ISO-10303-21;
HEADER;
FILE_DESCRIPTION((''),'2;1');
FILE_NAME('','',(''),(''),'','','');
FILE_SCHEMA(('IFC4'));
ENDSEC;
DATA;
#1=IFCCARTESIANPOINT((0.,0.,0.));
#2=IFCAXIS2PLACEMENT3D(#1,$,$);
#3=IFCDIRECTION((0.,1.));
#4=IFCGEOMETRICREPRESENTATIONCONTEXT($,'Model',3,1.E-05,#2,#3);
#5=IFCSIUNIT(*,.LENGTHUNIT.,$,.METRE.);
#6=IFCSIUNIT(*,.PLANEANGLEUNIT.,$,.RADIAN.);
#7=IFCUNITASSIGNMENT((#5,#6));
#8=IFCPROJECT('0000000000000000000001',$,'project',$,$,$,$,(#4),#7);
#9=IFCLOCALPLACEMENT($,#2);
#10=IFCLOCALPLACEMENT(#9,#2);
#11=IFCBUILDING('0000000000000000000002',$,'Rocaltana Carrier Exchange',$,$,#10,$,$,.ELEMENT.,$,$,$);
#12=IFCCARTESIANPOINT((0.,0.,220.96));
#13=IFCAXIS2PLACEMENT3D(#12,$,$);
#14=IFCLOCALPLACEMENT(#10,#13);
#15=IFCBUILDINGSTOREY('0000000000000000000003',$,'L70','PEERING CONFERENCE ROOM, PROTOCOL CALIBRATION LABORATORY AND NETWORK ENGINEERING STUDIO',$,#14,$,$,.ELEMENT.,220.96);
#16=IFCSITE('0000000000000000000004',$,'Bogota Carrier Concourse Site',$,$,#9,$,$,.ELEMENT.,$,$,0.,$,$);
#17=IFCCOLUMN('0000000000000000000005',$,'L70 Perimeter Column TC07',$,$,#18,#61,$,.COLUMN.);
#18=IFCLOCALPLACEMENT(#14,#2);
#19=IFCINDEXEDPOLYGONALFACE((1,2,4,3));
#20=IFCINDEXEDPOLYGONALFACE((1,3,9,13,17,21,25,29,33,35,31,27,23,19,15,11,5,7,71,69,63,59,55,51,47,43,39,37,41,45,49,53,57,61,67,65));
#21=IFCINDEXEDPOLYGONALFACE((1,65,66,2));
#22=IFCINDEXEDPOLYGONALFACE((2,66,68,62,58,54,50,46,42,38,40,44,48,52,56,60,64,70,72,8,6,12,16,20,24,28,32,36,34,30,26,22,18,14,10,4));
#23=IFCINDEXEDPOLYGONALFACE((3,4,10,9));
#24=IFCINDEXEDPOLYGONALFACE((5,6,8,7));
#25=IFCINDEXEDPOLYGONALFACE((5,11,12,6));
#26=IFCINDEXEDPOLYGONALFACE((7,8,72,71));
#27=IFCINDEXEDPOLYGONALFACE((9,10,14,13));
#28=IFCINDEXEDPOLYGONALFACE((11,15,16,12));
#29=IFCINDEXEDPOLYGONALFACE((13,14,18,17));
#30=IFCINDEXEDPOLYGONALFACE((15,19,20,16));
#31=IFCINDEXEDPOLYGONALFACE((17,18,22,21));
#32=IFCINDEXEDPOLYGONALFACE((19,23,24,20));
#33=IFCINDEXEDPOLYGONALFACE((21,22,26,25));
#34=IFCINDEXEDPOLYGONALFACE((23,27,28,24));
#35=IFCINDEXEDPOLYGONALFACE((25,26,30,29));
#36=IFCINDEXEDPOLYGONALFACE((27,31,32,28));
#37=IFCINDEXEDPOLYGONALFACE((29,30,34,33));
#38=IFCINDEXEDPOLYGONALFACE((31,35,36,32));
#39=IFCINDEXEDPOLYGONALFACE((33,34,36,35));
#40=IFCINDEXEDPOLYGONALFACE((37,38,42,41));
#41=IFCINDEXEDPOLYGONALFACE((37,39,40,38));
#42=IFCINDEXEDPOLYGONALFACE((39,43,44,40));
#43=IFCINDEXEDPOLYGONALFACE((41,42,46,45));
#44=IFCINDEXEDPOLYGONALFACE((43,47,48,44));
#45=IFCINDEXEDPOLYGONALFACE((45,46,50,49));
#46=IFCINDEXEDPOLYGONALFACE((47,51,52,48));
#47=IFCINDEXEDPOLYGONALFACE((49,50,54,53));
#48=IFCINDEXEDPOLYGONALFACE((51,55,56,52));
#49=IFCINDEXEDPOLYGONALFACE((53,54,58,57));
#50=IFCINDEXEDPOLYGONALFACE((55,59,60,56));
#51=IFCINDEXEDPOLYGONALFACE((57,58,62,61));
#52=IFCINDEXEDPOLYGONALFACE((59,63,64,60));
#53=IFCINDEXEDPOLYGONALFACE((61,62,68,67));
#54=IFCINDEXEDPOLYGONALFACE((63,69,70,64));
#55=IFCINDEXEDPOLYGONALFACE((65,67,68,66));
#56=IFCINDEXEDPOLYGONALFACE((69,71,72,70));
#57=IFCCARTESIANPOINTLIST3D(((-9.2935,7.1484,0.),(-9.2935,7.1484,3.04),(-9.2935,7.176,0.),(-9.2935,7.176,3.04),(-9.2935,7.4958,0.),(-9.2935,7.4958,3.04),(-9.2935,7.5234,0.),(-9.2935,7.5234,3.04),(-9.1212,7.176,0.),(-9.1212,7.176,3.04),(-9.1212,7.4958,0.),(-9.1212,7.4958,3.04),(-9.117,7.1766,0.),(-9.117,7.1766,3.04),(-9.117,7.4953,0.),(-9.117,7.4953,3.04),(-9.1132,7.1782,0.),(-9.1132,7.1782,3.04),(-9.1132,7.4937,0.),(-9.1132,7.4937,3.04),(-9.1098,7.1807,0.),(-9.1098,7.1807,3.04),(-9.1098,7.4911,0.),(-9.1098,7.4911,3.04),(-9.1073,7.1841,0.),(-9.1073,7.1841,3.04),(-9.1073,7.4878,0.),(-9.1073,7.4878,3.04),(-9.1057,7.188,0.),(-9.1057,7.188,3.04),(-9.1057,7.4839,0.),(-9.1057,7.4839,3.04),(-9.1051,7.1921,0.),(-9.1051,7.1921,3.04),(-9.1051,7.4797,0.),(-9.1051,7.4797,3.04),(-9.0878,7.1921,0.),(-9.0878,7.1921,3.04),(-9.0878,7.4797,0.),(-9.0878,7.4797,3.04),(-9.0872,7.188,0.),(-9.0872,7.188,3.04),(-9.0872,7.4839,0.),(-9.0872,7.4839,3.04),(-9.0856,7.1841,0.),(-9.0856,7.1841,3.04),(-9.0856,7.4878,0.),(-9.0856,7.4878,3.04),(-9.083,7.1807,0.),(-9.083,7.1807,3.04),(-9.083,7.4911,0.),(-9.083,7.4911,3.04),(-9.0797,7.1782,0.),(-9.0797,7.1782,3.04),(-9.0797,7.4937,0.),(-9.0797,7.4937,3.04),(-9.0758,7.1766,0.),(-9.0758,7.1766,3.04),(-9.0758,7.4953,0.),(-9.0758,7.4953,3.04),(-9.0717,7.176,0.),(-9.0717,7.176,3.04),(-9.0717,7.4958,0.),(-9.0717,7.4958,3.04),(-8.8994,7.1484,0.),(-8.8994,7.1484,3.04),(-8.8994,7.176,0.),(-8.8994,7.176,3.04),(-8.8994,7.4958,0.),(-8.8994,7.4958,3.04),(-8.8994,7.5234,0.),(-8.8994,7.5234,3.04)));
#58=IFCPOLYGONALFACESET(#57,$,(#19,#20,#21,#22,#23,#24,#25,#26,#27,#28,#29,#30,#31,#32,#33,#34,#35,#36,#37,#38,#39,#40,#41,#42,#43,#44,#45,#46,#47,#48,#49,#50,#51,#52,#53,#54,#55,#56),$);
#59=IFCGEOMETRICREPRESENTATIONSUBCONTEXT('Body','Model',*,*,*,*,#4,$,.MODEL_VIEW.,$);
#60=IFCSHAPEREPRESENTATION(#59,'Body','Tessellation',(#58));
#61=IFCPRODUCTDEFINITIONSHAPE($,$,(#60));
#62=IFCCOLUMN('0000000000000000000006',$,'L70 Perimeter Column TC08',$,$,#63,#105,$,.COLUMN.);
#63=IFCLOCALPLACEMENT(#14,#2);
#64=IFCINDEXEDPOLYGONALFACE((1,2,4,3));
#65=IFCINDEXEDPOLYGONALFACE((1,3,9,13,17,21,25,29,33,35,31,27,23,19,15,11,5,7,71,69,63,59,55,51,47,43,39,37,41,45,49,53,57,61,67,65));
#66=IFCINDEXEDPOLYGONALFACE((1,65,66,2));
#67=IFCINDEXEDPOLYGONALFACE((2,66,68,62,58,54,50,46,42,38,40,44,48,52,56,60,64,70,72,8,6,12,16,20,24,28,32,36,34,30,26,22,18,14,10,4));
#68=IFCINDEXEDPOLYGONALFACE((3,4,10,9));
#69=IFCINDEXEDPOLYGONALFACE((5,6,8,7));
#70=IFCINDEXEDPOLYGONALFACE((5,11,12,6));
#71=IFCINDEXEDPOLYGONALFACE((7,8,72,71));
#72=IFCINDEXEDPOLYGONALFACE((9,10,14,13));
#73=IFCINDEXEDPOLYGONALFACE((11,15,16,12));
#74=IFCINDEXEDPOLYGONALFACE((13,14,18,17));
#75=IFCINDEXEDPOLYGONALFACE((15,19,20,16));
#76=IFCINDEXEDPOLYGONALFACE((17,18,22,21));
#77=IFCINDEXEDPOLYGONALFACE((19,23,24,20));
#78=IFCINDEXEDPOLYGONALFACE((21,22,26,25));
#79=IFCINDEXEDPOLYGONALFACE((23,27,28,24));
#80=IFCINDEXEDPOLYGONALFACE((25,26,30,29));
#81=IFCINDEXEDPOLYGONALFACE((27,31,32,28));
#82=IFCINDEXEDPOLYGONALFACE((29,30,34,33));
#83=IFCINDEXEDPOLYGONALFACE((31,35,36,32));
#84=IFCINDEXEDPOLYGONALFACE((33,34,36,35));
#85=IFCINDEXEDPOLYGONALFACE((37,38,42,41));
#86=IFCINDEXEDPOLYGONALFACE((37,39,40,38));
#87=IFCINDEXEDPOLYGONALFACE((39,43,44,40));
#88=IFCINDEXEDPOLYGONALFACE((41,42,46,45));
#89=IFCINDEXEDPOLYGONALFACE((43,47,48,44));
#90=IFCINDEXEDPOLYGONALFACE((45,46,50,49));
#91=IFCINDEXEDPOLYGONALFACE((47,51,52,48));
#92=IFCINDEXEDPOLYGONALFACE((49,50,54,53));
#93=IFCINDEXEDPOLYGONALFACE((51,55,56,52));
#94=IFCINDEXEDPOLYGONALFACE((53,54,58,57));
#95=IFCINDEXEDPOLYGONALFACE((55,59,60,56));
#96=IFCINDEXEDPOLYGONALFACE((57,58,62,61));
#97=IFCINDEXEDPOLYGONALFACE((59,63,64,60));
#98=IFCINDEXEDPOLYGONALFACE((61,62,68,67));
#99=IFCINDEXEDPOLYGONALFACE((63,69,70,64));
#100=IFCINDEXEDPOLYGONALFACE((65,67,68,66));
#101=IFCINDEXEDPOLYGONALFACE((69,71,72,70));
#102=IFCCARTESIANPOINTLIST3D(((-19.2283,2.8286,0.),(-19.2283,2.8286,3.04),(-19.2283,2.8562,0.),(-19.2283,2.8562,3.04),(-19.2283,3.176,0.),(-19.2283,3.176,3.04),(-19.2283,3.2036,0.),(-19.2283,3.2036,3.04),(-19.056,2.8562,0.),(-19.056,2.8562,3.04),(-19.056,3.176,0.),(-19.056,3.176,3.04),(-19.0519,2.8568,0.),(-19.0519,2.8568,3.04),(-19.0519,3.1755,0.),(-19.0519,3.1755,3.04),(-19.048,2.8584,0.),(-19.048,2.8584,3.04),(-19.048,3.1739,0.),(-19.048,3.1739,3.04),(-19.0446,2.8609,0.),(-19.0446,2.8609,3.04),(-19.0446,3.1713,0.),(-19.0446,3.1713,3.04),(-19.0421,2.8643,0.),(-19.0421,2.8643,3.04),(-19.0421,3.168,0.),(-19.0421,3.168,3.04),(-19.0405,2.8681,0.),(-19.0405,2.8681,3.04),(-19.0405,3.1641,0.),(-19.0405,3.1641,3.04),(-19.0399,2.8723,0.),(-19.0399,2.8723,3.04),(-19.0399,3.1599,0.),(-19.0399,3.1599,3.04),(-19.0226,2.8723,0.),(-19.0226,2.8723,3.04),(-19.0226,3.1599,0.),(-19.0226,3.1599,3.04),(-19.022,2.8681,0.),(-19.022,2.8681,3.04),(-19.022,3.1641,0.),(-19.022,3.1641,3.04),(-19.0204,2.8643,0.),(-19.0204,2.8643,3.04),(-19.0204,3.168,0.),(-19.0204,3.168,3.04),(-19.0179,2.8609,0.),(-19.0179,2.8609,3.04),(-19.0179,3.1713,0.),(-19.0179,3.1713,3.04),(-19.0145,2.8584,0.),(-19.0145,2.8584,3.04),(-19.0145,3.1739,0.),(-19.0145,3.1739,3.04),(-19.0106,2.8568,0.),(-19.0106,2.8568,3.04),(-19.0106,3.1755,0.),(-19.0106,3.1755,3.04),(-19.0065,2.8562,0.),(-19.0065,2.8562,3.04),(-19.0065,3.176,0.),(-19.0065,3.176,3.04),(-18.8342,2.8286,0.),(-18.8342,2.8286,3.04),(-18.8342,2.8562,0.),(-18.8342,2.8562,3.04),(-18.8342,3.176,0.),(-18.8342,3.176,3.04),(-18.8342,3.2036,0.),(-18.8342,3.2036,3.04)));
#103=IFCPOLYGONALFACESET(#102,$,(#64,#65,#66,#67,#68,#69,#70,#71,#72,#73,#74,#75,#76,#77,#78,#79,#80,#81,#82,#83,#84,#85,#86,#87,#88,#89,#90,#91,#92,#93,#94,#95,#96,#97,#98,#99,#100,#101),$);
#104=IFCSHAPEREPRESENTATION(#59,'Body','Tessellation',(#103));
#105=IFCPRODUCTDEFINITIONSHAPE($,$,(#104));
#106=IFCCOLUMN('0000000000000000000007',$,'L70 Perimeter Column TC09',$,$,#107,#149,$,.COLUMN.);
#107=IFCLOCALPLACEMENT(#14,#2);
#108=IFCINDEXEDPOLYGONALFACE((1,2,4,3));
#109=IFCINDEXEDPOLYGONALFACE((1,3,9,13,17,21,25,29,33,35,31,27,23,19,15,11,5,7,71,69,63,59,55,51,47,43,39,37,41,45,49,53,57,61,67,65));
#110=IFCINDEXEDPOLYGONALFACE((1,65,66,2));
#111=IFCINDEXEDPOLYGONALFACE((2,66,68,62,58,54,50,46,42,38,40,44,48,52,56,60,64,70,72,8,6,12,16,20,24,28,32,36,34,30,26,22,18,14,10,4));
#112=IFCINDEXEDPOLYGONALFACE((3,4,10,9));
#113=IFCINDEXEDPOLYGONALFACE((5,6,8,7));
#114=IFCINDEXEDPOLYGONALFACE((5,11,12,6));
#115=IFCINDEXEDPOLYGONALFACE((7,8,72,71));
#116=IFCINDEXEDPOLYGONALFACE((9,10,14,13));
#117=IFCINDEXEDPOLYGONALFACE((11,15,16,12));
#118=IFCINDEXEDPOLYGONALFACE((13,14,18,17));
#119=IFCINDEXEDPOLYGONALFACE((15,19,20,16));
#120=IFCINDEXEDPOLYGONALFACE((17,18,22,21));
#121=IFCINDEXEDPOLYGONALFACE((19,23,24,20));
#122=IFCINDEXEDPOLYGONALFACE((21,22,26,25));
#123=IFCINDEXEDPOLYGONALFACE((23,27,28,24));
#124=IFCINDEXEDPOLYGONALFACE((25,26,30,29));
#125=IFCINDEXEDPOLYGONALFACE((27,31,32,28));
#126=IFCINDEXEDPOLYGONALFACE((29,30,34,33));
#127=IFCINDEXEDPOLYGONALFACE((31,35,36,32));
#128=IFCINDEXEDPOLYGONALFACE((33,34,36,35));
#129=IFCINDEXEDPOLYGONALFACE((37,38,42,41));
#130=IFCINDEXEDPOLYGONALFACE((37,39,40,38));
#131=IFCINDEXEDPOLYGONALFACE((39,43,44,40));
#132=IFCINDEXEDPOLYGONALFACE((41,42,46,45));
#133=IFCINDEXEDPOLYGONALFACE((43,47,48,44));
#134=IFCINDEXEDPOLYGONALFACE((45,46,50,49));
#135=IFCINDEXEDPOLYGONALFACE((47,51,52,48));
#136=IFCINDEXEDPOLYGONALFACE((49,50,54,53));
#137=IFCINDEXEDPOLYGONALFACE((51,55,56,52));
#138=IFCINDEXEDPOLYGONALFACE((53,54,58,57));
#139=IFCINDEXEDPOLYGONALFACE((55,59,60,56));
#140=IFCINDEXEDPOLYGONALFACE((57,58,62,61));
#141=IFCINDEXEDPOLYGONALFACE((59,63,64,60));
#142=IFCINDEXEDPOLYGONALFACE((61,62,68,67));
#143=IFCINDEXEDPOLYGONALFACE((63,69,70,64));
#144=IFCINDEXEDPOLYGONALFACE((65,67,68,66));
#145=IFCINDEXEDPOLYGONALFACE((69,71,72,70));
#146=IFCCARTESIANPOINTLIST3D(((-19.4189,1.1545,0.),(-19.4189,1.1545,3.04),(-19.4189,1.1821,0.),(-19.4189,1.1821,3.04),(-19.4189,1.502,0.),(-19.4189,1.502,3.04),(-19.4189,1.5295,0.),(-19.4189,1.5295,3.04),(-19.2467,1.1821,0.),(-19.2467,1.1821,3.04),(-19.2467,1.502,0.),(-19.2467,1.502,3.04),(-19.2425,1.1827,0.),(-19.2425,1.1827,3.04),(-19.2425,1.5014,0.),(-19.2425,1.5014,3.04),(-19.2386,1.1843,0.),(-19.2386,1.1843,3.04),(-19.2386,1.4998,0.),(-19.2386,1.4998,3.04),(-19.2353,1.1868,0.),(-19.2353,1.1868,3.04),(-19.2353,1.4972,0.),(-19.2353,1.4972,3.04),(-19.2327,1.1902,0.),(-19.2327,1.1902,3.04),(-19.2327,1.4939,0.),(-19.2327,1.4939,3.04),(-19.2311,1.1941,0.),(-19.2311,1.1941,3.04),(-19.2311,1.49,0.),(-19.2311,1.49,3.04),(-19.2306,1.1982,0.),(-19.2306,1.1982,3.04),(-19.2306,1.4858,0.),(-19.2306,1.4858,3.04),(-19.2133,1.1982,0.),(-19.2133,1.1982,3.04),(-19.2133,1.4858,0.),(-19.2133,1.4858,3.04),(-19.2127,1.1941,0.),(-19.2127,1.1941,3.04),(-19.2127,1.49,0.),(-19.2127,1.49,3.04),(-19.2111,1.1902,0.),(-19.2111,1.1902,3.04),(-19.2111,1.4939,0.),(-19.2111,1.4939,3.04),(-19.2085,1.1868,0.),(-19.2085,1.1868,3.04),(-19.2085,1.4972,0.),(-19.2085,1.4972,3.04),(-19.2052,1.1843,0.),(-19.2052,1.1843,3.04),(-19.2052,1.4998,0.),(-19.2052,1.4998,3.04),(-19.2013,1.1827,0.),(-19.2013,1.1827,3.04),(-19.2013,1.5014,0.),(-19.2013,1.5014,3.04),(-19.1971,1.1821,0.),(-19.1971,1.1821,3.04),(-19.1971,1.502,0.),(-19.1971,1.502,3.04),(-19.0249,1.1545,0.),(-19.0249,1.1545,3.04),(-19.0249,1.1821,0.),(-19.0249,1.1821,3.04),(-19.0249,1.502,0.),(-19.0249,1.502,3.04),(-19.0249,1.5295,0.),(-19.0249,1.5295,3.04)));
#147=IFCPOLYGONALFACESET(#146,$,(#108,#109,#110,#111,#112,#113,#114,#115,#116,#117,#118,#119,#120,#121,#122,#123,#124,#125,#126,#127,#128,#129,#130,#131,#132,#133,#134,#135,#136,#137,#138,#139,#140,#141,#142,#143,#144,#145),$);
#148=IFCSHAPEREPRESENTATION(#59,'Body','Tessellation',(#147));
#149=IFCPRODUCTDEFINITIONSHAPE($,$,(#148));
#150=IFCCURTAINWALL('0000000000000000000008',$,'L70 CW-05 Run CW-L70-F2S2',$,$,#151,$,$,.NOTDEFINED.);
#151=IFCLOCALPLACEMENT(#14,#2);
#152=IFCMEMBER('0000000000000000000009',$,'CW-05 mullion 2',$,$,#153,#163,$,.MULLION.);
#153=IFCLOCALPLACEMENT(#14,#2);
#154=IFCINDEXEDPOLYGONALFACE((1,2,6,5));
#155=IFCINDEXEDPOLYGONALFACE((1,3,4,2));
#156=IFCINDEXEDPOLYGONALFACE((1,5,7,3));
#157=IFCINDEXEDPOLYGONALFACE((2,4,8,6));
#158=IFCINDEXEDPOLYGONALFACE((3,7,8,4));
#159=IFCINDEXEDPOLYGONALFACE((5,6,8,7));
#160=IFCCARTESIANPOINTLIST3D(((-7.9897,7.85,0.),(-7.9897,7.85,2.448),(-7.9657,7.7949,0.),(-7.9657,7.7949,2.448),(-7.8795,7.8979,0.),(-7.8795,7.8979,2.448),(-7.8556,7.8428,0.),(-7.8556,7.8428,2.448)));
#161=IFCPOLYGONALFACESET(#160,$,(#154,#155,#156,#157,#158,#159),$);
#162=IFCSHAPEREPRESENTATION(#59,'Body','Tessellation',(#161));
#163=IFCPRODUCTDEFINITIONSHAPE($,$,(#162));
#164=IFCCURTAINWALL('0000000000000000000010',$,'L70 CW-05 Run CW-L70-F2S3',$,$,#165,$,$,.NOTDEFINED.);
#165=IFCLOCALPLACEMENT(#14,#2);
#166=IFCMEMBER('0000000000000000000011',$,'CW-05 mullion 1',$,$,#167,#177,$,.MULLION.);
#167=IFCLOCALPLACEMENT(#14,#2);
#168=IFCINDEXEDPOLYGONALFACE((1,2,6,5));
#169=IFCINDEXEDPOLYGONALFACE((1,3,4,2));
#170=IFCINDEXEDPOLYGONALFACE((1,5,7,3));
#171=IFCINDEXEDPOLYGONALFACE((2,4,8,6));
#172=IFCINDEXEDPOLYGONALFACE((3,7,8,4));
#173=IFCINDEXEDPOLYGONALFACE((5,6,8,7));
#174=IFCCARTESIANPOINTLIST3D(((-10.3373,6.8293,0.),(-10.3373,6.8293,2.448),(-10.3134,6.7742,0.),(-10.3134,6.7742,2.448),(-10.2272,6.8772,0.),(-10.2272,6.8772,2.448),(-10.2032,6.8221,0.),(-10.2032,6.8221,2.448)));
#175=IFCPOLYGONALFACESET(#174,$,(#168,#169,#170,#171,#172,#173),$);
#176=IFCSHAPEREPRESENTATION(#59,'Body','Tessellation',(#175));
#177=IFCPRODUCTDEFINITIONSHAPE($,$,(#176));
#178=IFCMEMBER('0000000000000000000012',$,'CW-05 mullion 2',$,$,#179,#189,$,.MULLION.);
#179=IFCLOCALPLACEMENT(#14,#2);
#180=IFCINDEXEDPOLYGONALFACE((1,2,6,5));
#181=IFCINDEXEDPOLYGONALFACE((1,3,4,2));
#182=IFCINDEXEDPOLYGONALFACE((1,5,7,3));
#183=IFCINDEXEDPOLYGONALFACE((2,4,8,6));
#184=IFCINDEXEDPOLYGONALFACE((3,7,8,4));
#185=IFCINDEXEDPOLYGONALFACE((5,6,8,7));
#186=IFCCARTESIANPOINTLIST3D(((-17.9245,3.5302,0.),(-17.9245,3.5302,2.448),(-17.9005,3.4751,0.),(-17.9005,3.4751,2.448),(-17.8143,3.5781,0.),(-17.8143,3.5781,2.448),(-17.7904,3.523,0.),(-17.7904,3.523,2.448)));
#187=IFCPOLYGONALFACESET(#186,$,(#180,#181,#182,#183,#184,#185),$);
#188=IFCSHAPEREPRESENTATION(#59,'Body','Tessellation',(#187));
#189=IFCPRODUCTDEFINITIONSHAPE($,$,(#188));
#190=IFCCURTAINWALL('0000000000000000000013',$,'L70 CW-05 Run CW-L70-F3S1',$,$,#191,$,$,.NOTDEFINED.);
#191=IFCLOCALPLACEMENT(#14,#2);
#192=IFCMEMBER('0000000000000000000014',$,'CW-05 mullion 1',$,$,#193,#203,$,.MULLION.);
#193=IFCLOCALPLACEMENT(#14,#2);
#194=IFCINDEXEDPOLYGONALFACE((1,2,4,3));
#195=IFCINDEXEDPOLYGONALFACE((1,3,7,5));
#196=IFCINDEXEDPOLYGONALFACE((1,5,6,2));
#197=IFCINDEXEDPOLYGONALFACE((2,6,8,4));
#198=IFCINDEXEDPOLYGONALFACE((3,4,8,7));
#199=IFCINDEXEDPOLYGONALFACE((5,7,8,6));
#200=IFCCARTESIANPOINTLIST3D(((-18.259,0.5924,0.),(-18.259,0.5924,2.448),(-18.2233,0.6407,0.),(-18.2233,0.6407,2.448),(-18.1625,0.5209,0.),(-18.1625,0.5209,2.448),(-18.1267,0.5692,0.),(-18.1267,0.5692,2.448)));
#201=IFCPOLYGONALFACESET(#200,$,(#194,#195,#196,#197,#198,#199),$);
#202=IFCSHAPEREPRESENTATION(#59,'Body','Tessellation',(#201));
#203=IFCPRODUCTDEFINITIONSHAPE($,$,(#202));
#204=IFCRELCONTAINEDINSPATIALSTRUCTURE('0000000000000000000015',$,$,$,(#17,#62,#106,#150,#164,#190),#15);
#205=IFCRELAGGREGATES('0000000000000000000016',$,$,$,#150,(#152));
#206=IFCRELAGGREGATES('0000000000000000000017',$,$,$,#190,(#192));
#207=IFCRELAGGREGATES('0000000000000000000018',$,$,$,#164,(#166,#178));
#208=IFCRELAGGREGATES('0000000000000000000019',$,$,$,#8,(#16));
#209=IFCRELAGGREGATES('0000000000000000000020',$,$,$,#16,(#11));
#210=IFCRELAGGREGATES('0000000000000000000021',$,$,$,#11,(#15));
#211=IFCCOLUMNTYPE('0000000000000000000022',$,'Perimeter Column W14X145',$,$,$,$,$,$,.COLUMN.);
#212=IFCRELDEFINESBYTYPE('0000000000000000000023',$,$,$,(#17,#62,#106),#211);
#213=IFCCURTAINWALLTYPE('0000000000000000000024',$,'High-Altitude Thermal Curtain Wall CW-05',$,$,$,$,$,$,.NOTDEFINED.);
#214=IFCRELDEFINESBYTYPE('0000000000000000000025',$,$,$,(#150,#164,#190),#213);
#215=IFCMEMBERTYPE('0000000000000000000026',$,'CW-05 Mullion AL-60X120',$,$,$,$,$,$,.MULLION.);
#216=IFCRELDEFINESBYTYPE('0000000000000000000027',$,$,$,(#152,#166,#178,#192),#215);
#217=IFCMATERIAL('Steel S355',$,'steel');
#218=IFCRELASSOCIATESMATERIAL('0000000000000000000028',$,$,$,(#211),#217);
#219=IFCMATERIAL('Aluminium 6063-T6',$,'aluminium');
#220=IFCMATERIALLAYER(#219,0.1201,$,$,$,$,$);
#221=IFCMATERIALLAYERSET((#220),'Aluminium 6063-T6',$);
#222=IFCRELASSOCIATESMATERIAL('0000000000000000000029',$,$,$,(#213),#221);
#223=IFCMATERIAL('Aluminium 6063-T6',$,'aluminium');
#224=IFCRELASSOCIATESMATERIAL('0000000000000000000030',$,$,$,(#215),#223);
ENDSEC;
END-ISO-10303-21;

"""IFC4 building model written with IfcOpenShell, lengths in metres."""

from ifc_helpers import new_model, si_unit, direction, frame, origin, origin_2d, place, context, subcontext, project, spatial, rectangle, i_section, extrude, material, layer, layer_set, material_profile, profile_set, type_object, element, aggregate, save


model = new_model("IFC4")

# Units and contexts
model_context = context("Model", 3, precision=1e-05, world=origin(), true_north=direction((0.0, 1.0)))
body_context = subcontext(model_context, "Body", "Model", "MODEL_VIEW")
ifc_project = project(units=[si_unit("LENGTHUNIT", "METRE"), si_unit("PLANEANGLEUNIT", "RADIAN")], contexts=[model_context])

# Site, building, storey
site_placement = place(None, origin())
site = spatial("IfcSite", under=ifc_project, at=site_placement, Name="Bogota Carrier Concourse Site", CompositionType="ELEMENT", RefElevation=0.0)
building_placement = place(site_placement, origin())
building = spatial("IfcBuilding", under=site, at=building_placement, Name="Rocaltana Carrier Exchange", CompositionType="ELEMENT")
storey_placement = place(building_placement, frame((0.0, 0.0, 220.96)))
storey = spatial("IfcBuildingStorey", under=building, at=storey_placement, Name="L70", Description="PEERING CONFERENCE ROOM, PROTOCOL CALIBRATION LABORATORY AND NETWORK ENGINEERING STUDIO", CompositionType="ELEMENT", Elevation=220.96)

# Columns
ifc_material_1 = material(Name="Steel S355", Category="steel")
ifc_material_profile_1 = material_profile(ifc_material_1, i_section(OverallWidth=0.394, OverallDepth=0.375, WebThickness=0.0173, FlangeThickness=0.0276, FilletRadius=0.0161, at=origin_2d()), Name="W14X145")
ifc_profile_set_1 = profile_set([ifc_material_profile_1], Name="Steel S355")
column_type = type_object("IfcColumnType", Name="Perimeter Column W14X145", PredefinedType="COLUMN", material=ifc_profile_set_1)
for number, where, z_axis, x_axis, name in (
    (1, (-9.0964, 7.3359, 0.0), (0.0, 0.0, 1.0), (1.0, 0.0, 0.0), "L70 Perimeter Column TC07"),
    (2, (-19.0312, 3.0161, 0.0), (0.0, 0.0, 1.0), (1.0, 0.0, 0.0), "L70 Perimeter Column TC08"),
    (3, (-19.2219, 1.342, 0.0), (0.0, 0.0, 1.0), (1.0, 0.0, 0.0), "L70 Perimeter Column TC09"),
):
    element("IfcColumn", number, at=place(storey_placement, frame(where, z_axis=z_axis, x_axis=x_axis)), inside=storey, type_object=column_type, Name=name, PredefinedType="COLUMN", context=body_context, shape_type="SweptSolid", body=[
        extrude(i_section(OverallWidth=0.394, OverallDepth=0.375, WebThickness=0.0173, FlangeThickness=0.0276, FilletRadius=0.0161, at=origin_2d()), origin(), (0.0, 0.0, 1.0), 3.04),
    ])

# Curtain wall, member
ifc_material_2 = material(Name="Aluminium 6063-T6", Category="aluminium")
ifc_layer_1 = layer(ifc_material_2, 0.1201)
ifc_layer_set_1 = layer_set([ifc_layer_1], Name="Aluminium 6063-T6")
curtain_wall_type = type_object("IfcCurtainWallType", Name="High-Altitude Thermal Curtain Wall CW-05", PredefinedType="NOTDEFINED", material=ifc_layer_set_1)
curtain_wall_1_placement = place(storey_placement, origin())
curtain_wall_1 = element("IfcCurtainWall", 4, at=curtain_wall_1_placement, inside=storey, type_object=curtain_wall_type, Name="L70 CW-05 Run CW-L70-F2S2", PredefinedType="NOTDEFINED")
ifc_material_3 = material(Name="Aluminium 6063-T6", Category="aluminium")
ifc_material_profile_2 = material_profile(ifc_material_3, rectangle(XDim=0.0601, YDim=0.1201, at=origin_2d()), Name="AL-60X120")
ifc_profile_set_2 = profile_set([ifc_material_profile_2], Name="Aluminium 6063-T6")
member_type_1 = type_object("IfcMemberType", Name="CW-05 Mullion AL-60X120", PredefinedType="MULLION", material=ifc_profile_set_2)
member_1_placement = place(storey_placement, frame((-7.9226, 7.8464, 0.0), z_axis=(0.0, 0.0, 1.0), x_axis=(0.398752, -0.917059, 0.0)))
member_1 = element("IfcMember", 5, at=member_1_placement, type_object=member_type_1, Name="CW-05 mullion 2", PredefinedType="MULLION", context=body_context, shape_type="SweptSolid", body=[
    extrude(rectangle(XDim=0.0601, YDim=0.1201, at=origin_2d()), origin(), (0.0, 0.0, 1.0), 2.448),
])
aggregate(curtain_wall_1, [member_1])

# Curtain wall, members
curtain_wall_2_placement = place(storey_placement, origin())
curtain_wall_2 = element("IfcCurtainWall", 6, at=curtain_wall_2_placement, inside=storey, type_object=curtain_wall_type, Name="L70 CW-05 Run CW-L70-F2S3", PredefinedType="NOTDEFINED")
member_2_placement = place(storey_placement, frame((-10.2703, 6.8257, 0.0), z_axis=(0.0, 0.0, 1.0), x_axis=(0.398757, -0.917057, 0.0)))
member_2 = element("IfcMember", 7, at=member_2_placement, type_object=member_type_1, Name="CW-05 mullion 1", PredefinedType="MULLION", context=body_context, shape_type="SweptSolid", body=[
    extrude(rectangle(XDim=0.0601, YDim=0.1201, at=origin_2d()), origin(), (0.0, 0.0, 1.0), 2.448),
])
member_3_placement = place(storey_placement, frame((-17.8574, 3.5266, 0.0), z_axis=(0.0, 0.0, 1.0), x_axis=(0.398757, -0.917057, 0.0)))
member_3 = element("IfcMember", 8, at=member_3_placement, type_object=member_type_1, Name="CW-05 mullion 2", PredefinedType="MULLION", context=body_context, shape_type="SweptSolid", body=[
    extrude(rectangle(XDim=0.0601, YDim=0.1201, at=origin_2d()), origin(), (0.0, 0.0, 1.0), 2.448),
])

# Curtain wall, member
curtain_wall_3_placement = place(storey_placement, origin())
curtain_wall_3 = element("IfcCurtainWall", 9, at=curtain_wall_3_placement, inside=storey, type_object=curtain_wall_type, Name="L70 CW-05 Run CW-L70-F3S1", PredefinedType="NOTDEFINED")
member_4_placement = place(storey_placement, frame((-18.1929, 0.5808, 0.0), z_axis=(0.0, 0.0, 1.0), x_axis=(0.594827, 0.803854, 0.0)))
member_4 = element("IfcMember", 10, at=member_4_placement, type_object=member_type_1, Name="CW-05 mullion 1", PredefinedType="MULLION", context=body_context, shape_type="SweptSolid", body=[
    extrude(rectangle(XDim=0.0601, YDim=0.1201, at=origin_2d()), origin(), (0.0, 0.0, 1.0), 2.448),
])

aggregate(curtain_wall_3, [member_4])

aggregate(curtain_wall_2, [member_2, member_3])

save(model, "model.ifc")
